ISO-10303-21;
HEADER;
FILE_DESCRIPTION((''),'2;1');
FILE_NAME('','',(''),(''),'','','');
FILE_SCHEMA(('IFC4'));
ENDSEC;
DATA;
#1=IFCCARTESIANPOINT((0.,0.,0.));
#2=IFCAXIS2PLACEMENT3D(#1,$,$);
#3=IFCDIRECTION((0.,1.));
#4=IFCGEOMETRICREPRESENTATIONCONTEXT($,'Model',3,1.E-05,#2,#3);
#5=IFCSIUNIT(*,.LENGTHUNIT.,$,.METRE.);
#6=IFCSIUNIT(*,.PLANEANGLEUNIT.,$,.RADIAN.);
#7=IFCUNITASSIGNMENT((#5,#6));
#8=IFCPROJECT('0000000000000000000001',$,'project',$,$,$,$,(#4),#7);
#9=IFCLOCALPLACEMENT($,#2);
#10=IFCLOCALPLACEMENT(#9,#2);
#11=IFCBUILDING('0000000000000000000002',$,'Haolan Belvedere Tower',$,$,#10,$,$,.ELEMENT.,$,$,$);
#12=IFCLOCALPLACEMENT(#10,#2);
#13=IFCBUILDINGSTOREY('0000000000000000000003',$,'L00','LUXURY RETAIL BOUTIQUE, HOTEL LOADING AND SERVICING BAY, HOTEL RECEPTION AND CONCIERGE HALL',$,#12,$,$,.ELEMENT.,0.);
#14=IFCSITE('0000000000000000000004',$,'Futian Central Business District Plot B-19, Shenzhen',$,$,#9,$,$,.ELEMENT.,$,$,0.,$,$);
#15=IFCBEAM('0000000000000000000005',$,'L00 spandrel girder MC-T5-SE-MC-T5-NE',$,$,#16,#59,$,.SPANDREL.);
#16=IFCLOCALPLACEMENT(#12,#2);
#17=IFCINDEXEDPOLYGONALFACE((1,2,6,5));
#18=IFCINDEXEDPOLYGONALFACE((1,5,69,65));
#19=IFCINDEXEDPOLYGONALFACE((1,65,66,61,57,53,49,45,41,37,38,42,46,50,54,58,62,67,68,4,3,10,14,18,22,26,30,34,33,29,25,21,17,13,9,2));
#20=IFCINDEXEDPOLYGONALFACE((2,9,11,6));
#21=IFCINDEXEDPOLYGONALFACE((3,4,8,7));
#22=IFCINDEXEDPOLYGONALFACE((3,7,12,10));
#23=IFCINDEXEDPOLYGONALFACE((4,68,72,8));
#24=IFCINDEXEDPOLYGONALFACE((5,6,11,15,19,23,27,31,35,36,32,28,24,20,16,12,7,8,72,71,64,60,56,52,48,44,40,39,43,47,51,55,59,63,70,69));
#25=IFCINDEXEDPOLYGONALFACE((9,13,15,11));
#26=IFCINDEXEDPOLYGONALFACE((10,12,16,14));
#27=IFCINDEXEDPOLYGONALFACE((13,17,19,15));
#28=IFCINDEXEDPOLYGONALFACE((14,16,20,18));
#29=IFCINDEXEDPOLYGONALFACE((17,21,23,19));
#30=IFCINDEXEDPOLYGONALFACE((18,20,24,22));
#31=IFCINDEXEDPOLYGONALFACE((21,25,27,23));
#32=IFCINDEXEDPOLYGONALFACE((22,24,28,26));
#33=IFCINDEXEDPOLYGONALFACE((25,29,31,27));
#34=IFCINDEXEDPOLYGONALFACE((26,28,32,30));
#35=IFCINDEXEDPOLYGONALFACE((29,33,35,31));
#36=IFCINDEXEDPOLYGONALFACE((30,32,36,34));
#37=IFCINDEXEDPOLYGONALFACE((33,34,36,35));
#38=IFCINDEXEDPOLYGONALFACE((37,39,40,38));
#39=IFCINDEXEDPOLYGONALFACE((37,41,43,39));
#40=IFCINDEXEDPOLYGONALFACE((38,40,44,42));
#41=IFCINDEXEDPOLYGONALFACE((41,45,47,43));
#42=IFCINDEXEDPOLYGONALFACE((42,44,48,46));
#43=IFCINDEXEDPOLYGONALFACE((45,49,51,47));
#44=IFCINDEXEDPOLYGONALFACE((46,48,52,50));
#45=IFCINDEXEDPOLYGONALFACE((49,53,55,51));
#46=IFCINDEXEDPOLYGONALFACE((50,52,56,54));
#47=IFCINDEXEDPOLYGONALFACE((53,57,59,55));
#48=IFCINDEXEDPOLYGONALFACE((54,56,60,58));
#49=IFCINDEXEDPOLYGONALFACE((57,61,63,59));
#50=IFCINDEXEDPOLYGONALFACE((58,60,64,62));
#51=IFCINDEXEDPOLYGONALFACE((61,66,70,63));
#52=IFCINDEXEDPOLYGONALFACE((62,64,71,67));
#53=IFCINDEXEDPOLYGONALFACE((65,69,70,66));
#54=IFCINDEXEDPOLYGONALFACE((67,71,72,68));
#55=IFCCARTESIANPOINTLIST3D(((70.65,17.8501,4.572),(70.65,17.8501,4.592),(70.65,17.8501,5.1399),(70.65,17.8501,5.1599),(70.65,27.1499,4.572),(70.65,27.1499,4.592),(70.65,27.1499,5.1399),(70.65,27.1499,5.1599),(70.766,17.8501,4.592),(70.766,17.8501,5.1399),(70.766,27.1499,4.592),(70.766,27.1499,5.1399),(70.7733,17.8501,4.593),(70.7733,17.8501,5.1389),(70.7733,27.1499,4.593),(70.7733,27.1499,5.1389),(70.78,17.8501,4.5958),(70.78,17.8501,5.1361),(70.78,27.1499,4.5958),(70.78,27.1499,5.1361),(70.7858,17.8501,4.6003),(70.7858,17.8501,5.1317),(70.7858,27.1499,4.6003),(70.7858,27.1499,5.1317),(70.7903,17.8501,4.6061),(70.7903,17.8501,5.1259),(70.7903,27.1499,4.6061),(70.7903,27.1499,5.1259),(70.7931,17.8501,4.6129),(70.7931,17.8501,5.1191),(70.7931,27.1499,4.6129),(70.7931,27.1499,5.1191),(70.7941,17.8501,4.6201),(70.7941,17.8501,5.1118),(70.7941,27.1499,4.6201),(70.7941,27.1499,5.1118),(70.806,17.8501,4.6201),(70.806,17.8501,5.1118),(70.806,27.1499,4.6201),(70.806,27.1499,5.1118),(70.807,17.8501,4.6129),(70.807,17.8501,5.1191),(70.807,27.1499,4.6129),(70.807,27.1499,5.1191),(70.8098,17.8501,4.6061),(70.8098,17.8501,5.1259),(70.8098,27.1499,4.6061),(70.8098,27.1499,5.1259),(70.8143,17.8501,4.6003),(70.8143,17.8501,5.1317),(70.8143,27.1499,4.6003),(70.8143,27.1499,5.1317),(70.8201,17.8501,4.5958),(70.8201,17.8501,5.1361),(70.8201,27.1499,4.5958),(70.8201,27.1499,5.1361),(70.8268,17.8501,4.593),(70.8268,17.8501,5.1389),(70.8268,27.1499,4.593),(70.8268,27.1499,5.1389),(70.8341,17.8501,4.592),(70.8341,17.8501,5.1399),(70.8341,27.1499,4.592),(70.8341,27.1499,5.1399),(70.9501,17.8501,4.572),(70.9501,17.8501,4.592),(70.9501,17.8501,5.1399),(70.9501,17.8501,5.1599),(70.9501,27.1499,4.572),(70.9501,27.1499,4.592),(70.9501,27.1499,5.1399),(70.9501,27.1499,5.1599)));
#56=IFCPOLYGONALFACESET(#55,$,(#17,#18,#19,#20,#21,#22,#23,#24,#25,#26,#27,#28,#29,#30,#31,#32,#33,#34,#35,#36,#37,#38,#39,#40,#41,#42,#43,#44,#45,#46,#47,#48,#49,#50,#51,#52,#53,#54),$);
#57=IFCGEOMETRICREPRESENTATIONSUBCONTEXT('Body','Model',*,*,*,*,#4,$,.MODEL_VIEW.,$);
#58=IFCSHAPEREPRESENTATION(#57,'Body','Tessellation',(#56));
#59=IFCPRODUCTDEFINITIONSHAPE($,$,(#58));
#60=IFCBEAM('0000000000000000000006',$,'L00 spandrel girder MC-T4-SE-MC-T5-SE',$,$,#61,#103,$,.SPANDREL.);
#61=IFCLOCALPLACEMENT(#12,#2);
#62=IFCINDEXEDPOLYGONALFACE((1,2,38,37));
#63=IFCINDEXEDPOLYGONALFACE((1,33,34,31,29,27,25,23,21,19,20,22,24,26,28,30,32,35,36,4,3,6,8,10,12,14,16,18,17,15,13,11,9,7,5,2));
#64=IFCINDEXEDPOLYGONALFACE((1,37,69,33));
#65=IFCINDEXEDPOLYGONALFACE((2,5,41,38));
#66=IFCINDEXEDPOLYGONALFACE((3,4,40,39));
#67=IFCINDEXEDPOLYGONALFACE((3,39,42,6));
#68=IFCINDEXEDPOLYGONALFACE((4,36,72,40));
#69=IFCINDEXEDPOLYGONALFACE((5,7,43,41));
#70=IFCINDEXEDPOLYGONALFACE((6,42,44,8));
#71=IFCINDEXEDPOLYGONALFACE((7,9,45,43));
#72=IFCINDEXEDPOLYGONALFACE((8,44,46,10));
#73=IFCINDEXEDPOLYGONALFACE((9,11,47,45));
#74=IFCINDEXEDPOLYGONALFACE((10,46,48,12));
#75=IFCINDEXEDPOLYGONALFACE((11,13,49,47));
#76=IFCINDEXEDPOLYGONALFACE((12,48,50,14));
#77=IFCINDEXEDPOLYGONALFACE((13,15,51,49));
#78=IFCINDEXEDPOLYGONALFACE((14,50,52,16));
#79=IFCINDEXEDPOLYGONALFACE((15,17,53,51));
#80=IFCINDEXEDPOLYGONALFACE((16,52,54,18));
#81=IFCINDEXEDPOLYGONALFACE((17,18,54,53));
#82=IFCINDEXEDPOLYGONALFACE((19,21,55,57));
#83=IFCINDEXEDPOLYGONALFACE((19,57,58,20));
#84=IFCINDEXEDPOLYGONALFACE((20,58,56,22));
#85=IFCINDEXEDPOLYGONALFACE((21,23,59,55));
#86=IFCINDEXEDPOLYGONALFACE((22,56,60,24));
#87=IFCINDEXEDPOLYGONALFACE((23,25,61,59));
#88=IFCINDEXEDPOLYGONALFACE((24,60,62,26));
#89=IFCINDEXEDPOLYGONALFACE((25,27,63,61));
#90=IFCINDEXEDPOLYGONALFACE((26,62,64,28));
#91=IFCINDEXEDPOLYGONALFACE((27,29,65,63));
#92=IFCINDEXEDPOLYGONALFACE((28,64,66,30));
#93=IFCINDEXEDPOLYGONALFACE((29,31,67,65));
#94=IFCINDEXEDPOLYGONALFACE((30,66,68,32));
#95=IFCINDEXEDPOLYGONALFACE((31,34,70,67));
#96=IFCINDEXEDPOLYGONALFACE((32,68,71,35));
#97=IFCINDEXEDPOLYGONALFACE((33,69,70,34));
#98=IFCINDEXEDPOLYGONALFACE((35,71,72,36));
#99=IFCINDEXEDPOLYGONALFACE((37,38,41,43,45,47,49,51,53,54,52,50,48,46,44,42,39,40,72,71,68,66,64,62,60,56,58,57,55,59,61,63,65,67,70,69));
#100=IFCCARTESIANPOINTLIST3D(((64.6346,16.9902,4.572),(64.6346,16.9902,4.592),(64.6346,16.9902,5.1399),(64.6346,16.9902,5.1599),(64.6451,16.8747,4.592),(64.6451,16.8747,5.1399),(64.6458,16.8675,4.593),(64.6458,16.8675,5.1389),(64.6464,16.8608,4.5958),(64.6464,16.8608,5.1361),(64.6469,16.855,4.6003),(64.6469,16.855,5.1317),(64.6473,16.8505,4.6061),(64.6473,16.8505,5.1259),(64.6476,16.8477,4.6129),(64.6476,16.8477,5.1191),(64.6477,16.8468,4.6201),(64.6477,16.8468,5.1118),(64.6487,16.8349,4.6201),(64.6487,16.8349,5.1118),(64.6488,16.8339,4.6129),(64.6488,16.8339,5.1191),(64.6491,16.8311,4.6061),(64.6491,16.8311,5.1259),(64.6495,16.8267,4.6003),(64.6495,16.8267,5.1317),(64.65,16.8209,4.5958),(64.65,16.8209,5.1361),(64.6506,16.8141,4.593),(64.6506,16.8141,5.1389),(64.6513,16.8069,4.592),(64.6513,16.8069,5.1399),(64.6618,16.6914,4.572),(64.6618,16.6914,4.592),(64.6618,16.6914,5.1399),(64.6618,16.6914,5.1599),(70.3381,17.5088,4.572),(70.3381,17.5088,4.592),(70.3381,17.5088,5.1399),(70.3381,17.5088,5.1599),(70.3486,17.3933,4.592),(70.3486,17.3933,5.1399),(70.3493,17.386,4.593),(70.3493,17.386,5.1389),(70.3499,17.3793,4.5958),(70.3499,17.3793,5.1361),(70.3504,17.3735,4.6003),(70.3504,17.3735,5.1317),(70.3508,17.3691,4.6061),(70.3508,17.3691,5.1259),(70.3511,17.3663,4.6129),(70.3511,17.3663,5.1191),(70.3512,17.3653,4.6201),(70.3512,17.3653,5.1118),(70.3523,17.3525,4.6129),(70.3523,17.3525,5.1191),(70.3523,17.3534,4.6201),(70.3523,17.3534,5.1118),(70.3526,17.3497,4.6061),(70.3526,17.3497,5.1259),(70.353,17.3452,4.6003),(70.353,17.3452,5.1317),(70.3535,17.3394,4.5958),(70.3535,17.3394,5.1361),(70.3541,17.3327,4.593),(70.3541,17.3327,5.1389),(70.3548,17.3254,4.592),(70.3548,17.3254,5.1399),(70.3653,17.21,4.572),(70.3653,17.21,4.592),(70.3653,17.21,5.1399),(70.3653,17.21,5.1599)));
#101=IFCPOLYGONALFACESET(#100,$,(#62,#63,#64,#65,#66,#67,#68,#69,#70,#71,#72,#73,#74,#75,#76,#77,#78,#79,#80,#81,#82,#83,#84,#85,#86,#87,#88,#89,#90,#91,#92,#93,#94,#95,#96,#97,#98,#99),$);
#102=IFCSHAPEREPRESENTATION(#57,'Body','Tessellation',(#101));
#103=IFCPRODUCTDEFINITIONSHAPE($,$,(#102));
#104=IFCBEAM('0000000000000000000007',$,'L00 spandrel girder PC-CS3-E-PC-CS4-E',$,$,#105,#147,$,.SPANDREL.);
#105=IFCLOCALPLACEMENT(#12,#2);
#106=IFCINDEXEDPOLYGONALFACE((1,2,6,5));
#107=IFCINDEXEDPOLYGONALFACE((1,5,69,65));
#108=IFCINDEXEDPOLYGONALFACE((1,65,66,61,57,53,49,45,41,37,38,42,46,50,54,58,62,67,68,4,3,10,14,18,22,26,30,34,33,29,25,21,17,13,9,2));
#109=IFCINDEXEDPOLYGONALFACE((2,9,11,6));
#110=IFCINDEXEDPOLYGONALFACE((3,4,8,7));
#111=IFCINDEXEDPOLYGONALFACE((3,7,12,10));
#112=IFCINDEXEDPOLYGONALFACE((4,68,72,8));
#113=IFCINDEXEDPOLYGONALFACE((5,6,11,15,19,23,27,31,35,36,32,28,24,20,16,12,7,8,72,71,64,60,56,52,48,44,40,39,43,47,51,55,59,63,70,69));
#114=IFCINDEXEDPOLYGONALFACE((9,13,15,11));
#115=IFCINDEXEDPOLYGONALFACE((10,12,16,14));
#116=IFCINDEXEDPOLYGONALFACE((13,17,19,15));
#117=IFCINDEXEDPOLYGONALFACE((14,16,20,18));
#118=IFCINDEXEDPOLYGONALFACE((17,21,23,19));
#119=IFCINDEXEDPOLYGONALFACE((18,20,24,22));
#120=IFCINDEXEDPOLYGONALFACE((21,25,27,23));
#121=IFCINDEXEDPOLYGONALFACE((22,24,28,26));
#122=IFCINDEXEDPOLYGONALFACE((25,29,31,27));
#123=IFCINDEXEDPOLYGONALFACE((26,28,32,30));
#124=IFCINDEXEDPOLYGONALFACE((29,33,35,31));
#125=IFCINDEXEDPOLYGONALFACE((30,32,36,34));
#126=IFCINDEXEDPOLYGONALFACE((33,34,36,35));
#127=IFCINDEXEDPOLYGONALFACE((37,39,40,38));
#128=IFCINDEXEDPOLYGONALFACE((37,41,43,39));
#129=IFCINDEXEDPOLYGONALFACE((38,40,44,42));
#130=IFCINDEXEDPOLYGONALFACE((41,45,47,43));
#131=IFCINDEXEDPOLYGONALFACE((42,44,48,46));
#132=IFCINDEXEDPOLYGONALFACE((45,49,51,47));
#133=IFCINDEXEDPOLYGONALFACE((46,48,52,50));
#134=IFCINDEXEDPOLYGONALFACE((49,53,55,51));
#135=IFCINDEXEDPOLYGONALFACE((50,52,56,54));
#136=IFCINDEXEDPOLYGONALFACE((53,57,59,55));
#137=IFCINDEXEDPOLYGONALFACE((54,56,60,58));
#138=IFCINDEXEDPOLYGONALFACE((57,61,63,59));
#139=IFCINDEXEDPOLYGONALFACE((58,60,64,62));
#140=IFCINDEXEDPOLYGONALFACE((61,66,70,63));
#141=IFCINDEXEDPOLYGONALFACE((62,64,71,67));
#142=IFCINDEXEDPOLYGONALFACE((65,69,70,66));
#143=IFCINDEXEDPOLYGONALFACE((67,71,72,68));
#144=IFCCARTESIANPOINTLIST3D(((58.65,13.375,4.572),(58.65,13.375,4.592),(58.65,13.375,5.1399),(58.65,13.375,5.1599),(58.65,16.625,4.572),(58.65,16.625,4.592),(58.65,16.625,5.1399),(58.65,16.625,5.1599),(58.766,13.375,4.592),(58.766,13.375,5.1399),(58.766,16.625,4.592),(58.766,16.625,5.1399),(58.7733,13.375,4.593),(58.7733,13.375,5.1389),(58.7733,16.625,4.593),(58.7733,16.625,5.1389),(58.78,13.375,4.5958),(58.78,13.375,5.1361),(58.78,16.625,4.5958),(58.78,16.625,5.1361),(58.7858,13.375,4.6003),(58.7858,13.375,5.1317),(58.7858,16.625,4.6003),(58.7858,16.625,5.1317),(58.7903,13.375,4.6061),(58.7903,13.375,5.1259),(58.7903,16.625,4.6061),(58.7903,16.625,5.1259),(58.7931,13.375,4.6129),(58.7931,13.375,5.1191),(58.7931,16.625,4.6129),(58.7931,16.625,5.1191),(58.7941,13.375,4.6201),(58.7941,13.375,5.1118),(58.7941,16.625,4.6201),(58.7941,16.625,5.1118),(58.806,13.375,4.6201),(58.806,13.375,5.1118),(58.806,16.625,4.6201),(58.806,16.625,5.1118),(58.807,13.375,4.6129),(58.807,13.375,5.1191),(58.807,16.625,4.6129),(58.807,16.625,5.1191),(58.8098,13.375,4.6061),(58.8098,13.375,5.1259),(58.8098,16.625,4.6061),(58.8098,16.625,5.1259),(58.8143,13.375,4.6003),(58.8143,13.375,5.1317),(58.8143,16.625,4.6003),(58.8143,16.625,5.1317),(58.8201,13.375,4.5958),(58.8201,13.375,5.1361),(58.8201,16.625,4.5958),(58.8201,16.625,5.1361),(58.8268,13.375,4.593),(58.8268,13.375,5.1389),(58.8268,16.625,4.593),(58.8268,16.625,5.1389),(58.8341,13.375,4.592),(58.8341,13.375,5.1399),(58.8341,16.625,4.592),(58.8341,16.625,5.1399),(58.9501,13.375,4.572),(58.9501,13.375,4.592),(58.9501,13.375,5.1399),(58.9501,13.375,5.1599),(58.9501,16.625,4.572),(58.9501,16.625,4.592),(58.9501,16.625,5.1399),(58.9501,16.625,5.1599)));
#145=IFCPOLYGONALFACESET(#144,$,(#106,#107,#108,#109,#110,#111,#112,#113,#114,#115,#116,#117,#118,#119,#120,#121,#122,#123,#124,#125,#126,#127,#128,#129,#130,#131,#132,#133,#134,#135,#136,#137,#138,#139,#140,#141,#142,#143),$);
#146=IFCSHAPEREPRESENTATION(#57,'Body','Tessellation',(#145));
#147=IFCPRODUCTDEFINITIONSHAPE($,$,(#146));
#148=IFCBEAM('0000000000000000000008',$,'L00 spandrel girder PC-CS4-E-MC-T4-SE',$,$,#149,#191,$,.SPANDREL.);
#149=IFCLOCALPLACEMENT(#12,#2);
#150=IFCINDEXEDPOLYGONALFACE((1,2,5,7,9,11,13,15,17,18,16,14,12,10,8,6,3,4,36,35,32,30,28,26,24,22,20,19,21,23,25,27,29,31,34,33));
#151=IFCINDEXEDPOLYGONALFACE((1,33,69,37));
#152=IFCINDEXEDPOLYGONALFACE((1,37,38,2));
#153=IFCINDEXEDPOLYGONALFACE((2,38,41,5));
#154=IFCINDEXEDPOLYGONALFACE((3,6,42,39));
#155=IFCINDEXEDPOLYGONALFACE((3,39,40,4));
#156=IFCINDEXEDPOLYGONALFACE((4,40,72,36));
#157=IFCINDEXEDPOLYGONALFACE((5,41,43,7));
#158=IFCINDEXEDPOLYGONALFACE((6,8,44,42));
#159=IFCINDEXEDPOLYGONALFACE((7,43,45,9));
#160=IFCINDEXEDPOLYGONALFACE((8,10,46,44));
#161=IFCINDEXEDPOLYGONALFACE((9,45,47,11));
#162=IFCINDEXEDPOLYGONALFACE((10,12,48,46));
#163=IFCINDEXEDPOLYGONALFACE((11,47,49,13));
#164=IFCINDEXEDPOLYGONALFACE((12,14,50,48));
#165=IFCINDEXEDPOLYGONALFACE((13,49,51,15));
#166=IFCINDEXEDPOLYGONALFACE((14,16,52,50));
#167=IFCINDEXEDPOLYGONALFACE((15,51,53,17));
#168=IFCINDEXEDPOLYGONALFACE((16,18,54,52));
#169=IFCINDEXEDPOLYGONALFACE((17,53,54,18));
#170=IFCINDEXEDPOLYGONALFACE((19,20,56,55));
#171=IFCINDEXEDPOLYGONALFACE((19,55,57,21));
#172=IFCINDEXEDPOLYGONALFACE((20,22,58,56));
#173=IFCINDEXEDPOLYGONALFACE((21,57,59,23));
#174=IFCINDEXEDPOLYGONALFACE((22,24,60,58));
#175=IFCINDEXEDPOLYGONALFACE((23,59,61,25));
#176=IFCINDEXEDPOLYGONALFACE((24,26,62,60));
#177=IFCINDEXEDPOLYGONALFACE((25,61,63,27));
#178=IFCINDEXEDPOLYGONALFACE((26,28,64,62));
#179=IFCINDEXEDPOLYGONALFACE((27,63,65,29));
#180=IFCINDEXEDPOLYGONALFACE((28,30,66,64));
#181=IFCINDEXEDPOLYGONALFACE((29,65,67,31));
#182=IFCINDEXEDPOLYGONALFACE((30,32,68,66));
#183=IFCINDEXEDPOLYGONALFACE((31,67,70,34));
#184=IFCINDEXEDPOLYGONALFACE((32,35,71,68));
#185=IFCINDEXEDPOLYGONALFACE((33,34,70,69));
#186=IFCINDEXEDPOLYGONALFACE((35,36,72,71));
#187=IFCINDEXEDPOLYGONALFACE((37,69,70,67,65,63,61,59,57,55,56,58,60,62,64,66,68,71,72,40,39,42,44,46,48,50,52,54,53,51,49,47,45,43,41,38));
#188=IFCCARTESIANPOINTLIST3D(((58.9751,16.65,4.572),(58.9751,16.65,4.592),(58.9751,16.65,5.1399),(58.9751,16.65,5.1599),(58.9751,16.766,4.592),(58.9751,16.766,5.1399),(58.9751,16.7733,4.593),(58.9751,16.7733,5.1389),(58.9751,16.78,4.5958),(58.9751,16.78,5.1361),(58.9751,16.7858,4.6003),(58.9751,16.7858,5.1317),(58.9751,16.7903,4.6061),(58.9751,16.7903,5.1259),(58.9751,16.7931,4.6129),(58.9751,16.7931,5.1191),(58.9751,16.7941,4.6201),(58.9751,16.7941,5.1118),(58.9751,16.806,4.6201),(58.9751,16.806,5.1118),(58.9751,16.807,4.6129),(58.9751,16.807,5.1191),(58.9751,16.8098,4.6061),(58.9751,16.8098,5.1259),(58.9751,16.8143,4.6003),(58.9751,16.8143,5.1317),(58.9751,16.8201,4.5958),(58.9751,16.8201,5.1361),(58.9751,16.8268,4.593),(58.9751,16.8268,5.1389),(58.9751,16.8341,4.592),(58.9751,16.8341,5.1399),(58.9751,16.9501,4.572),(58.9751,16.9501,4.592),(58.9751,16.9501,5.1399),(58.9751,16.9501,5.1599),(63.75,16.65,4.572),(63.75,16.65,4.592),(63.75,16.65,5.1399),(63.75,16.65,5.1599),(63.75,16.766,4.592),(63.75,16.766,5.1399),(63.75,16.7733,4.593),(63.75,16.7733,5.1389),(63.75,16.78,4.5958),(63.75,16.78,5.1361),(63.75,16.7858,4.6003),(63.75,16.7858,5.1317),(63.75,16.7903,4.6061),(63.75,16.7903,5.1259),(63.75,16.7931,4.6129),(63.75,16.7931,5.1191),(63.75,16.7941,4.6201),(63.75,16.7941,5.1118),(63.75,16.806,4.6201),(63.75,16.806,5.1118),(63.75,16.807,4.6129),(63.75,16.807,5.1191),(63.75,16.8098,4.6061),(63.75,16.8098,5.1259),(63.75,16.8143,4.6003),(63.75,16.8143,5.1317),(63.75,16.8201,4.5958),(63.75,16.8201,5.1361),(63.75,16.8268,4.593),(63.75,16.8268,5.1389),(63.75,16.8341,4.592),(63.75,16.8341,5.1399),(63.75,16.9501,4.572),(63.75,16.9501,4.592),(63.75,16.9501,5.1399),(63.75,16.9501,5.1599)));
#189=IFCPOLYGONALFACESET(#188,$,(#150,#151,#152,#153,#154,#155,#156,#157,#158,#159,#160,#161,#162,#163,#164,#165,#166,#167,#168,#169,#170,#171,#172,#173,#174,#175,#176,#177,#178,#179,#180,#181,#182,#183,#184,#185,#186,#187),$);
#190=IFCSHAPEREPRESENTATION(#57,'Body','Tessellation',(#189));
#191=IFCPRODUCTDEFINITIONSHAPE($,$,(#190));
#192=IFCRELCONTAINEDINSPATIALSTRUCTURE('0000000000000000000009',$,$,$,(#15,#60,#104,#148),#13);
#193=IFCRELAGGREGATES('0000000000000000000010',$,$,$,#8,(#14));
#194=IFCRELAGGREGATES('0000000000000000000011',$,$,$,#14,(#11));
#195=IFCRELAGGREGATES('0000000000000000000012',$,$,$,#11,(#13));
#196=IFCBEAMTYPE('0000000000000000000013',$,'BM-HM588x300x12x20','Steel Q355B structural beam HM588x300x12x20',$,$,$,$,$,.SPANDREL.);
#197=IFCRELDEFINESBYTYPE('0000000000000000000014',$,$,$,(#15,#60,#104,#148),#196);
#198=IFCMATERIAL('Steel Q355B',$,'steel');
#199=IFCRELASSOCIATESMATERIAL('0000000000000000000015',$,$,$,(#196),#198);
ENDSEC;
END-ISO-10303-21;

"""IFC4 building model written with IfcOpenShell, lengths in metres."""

from ifc_helpers import new_model, si_unit, direction, frame, origin, origin_2d, place, context, subcontext, project, spatial, i_section, extrude, material, material_profile, profile_set, type_object, element, save


model = new_model("IFC4")

# Units and contexts
model_context = context("Model", 3, precision=1e-05, world=origin(), true_north=direction((0.0, 1.0)))
body_context = subcontext(model_context, "Body", "Model", "MODEL_VIEW")
ifc_project = project(units=[si_unit("LENGTHUNIT", "METRE"), si_unit("PLANEANGLEUNIT", "RADIAN")], contexts=[model_context])

# Site, building, storey
site_placement = place(None, origin())
site = spatial("IfcSite", under=ifc_project, at=site_placement, Name="Futian Central Business District Plot B-19, Shenzhen", CompositionType="ELEMENT", RefElevation=0.0)
building_placement = place(site_placement, origin())
building = spatial("IfcBuilding", under=site, at=building_placement, Name="Haolan Belvedere Tower", CompositionType="ELEMENT")
storey_placement = place(building_placement, origin())
storey = spatial("IfcBuildingStorey", under=building, at=storey_placement, Name="L00", Description="LUXURY RETAIL BOUTIQUE, HOTEL LOADING AND SERVICING BAY, HOTEL RECEPTION AND CONCIERGE HALL", CompositionType="ELEMENT", Elevation=0.0)

# Shared definitions
ifc_material_1 = material(Name="Steel Q355B", Category="steel")

# Beams
ifc_material_profile_1 = material_profile(ifc_material_1, i_section(OverallWidth=0.3, OverallDepth=0.5879, WebThickness=0.012, FlangeThickness=0.02, FilletRadius=0.0281, at=origin_2d()), Name="Steel Q355B")
ifc_profile_set_1 = profile_set([ifc_material_profile_1], Name="Steel Q355B")
beam_type = type_object("IfcBeamType", Name="BM-HM588x300x12x20", Description="Steel Q355B structural beam HM588x300x12x20", PredefinedType="SPANDREL", material=ifc_profile_set_1)
beam_1_placement = place(storey_placement, frame((70.8, 17.8501, 4.866), z_axis=(0.0, 1.0, 0.0), x_axis=(-1.0, 0.0, 0.0)))
element("IfcBeam", 1, at=beam_1_placement, inside=storey, type_object=beam_type, Name="L00 spandrel girder MC-T5-SE-MC-T5-NE", PredefinedType="SPANDREL", context=body_context, shape_type="SweptSolid", body=[
    extrude(i_section(OverallWidth=0.3, OverallDepth=0.5879, WebThickness=0.012, FlangeThickness=0.02, FilletRadius=0.0281, at=origin_2d()), origin(), (0.0, 0.0, 1.0), 9.2998),
])
beam_2_placement = place(storey_placement, frame((64.6482, 16.8408, 4.866), z_axis=(0.995893, 0.090543, 0.0), x_axis=(-0.090543, 0.995893, 0.0)))
element("IfcBeam", 2, at=beam_2_placement, inside=storey, type_object=beam_type, Name="L00 spandrel girder MC-T4-SE-MC-T5-SE", PredefinedType="SPANDREL", context=body_context, shape_type="SweptSolid", body=[
    extrude(i_section(OverallWidth=0.3, OverallDepth=0.5879, WebThickness=0.012, FlangeThickness=0.02, FilletRadius=0.0281, at=origin_2d()), origin(), (0.0, 0.0, 1.0), 5.7271),
])
beam_3_placement = place(storey_placement, frame((58.8, 13.375, 4.866), z_axis=(0.0, 1.0, 0.0), x_axis=(-1.0, 0.0, 0.0)))
element("IfcBeam", 3, at=beam_3_placement, inside=storey, type_object=beam_type, Name="L00 spandrel girder PC-CS3-E-PC-CS4-E", PredefinedType="SPANDREL", context=body_context, shape_type="SweptSolid", body=[
    extrude(i_section(OverallWidth=0.3, OverallDepth=0.5879, WebThickness=0.012, FlangeThickness=0.02, FilletRadius=0.0281, at=origin_2d()), origin(), (0.0, 0.0, 1.0), 3.25),
])
beam_4_placement = place(storey_placement, frame((58.9751, 16.8, 4.866), z_axis=(1.0, 0.0, 0.0), x_axis=(0.0, 1.0, 0.0)))
element("IfcBeam", 4, at=beam_4_placement, inside=storey, type_object=beam_type, Name="L00 spandrel girder PC-CS4-E-MC-T4-SE", PredefinedType="SPANDREL", context=body_context, shape_type="SweptSolid", body=[
    extrude(i_section(OverallWidth=0.3, OverallDepth=0.5879, WebThickness=0.012, FlangeThickness=0.02, FilletRadius=0.0281, at=origin_2d()), origin(), (0.0, 0.0, 1.0), 4.7749),
])

save(model, "model.ifc")
